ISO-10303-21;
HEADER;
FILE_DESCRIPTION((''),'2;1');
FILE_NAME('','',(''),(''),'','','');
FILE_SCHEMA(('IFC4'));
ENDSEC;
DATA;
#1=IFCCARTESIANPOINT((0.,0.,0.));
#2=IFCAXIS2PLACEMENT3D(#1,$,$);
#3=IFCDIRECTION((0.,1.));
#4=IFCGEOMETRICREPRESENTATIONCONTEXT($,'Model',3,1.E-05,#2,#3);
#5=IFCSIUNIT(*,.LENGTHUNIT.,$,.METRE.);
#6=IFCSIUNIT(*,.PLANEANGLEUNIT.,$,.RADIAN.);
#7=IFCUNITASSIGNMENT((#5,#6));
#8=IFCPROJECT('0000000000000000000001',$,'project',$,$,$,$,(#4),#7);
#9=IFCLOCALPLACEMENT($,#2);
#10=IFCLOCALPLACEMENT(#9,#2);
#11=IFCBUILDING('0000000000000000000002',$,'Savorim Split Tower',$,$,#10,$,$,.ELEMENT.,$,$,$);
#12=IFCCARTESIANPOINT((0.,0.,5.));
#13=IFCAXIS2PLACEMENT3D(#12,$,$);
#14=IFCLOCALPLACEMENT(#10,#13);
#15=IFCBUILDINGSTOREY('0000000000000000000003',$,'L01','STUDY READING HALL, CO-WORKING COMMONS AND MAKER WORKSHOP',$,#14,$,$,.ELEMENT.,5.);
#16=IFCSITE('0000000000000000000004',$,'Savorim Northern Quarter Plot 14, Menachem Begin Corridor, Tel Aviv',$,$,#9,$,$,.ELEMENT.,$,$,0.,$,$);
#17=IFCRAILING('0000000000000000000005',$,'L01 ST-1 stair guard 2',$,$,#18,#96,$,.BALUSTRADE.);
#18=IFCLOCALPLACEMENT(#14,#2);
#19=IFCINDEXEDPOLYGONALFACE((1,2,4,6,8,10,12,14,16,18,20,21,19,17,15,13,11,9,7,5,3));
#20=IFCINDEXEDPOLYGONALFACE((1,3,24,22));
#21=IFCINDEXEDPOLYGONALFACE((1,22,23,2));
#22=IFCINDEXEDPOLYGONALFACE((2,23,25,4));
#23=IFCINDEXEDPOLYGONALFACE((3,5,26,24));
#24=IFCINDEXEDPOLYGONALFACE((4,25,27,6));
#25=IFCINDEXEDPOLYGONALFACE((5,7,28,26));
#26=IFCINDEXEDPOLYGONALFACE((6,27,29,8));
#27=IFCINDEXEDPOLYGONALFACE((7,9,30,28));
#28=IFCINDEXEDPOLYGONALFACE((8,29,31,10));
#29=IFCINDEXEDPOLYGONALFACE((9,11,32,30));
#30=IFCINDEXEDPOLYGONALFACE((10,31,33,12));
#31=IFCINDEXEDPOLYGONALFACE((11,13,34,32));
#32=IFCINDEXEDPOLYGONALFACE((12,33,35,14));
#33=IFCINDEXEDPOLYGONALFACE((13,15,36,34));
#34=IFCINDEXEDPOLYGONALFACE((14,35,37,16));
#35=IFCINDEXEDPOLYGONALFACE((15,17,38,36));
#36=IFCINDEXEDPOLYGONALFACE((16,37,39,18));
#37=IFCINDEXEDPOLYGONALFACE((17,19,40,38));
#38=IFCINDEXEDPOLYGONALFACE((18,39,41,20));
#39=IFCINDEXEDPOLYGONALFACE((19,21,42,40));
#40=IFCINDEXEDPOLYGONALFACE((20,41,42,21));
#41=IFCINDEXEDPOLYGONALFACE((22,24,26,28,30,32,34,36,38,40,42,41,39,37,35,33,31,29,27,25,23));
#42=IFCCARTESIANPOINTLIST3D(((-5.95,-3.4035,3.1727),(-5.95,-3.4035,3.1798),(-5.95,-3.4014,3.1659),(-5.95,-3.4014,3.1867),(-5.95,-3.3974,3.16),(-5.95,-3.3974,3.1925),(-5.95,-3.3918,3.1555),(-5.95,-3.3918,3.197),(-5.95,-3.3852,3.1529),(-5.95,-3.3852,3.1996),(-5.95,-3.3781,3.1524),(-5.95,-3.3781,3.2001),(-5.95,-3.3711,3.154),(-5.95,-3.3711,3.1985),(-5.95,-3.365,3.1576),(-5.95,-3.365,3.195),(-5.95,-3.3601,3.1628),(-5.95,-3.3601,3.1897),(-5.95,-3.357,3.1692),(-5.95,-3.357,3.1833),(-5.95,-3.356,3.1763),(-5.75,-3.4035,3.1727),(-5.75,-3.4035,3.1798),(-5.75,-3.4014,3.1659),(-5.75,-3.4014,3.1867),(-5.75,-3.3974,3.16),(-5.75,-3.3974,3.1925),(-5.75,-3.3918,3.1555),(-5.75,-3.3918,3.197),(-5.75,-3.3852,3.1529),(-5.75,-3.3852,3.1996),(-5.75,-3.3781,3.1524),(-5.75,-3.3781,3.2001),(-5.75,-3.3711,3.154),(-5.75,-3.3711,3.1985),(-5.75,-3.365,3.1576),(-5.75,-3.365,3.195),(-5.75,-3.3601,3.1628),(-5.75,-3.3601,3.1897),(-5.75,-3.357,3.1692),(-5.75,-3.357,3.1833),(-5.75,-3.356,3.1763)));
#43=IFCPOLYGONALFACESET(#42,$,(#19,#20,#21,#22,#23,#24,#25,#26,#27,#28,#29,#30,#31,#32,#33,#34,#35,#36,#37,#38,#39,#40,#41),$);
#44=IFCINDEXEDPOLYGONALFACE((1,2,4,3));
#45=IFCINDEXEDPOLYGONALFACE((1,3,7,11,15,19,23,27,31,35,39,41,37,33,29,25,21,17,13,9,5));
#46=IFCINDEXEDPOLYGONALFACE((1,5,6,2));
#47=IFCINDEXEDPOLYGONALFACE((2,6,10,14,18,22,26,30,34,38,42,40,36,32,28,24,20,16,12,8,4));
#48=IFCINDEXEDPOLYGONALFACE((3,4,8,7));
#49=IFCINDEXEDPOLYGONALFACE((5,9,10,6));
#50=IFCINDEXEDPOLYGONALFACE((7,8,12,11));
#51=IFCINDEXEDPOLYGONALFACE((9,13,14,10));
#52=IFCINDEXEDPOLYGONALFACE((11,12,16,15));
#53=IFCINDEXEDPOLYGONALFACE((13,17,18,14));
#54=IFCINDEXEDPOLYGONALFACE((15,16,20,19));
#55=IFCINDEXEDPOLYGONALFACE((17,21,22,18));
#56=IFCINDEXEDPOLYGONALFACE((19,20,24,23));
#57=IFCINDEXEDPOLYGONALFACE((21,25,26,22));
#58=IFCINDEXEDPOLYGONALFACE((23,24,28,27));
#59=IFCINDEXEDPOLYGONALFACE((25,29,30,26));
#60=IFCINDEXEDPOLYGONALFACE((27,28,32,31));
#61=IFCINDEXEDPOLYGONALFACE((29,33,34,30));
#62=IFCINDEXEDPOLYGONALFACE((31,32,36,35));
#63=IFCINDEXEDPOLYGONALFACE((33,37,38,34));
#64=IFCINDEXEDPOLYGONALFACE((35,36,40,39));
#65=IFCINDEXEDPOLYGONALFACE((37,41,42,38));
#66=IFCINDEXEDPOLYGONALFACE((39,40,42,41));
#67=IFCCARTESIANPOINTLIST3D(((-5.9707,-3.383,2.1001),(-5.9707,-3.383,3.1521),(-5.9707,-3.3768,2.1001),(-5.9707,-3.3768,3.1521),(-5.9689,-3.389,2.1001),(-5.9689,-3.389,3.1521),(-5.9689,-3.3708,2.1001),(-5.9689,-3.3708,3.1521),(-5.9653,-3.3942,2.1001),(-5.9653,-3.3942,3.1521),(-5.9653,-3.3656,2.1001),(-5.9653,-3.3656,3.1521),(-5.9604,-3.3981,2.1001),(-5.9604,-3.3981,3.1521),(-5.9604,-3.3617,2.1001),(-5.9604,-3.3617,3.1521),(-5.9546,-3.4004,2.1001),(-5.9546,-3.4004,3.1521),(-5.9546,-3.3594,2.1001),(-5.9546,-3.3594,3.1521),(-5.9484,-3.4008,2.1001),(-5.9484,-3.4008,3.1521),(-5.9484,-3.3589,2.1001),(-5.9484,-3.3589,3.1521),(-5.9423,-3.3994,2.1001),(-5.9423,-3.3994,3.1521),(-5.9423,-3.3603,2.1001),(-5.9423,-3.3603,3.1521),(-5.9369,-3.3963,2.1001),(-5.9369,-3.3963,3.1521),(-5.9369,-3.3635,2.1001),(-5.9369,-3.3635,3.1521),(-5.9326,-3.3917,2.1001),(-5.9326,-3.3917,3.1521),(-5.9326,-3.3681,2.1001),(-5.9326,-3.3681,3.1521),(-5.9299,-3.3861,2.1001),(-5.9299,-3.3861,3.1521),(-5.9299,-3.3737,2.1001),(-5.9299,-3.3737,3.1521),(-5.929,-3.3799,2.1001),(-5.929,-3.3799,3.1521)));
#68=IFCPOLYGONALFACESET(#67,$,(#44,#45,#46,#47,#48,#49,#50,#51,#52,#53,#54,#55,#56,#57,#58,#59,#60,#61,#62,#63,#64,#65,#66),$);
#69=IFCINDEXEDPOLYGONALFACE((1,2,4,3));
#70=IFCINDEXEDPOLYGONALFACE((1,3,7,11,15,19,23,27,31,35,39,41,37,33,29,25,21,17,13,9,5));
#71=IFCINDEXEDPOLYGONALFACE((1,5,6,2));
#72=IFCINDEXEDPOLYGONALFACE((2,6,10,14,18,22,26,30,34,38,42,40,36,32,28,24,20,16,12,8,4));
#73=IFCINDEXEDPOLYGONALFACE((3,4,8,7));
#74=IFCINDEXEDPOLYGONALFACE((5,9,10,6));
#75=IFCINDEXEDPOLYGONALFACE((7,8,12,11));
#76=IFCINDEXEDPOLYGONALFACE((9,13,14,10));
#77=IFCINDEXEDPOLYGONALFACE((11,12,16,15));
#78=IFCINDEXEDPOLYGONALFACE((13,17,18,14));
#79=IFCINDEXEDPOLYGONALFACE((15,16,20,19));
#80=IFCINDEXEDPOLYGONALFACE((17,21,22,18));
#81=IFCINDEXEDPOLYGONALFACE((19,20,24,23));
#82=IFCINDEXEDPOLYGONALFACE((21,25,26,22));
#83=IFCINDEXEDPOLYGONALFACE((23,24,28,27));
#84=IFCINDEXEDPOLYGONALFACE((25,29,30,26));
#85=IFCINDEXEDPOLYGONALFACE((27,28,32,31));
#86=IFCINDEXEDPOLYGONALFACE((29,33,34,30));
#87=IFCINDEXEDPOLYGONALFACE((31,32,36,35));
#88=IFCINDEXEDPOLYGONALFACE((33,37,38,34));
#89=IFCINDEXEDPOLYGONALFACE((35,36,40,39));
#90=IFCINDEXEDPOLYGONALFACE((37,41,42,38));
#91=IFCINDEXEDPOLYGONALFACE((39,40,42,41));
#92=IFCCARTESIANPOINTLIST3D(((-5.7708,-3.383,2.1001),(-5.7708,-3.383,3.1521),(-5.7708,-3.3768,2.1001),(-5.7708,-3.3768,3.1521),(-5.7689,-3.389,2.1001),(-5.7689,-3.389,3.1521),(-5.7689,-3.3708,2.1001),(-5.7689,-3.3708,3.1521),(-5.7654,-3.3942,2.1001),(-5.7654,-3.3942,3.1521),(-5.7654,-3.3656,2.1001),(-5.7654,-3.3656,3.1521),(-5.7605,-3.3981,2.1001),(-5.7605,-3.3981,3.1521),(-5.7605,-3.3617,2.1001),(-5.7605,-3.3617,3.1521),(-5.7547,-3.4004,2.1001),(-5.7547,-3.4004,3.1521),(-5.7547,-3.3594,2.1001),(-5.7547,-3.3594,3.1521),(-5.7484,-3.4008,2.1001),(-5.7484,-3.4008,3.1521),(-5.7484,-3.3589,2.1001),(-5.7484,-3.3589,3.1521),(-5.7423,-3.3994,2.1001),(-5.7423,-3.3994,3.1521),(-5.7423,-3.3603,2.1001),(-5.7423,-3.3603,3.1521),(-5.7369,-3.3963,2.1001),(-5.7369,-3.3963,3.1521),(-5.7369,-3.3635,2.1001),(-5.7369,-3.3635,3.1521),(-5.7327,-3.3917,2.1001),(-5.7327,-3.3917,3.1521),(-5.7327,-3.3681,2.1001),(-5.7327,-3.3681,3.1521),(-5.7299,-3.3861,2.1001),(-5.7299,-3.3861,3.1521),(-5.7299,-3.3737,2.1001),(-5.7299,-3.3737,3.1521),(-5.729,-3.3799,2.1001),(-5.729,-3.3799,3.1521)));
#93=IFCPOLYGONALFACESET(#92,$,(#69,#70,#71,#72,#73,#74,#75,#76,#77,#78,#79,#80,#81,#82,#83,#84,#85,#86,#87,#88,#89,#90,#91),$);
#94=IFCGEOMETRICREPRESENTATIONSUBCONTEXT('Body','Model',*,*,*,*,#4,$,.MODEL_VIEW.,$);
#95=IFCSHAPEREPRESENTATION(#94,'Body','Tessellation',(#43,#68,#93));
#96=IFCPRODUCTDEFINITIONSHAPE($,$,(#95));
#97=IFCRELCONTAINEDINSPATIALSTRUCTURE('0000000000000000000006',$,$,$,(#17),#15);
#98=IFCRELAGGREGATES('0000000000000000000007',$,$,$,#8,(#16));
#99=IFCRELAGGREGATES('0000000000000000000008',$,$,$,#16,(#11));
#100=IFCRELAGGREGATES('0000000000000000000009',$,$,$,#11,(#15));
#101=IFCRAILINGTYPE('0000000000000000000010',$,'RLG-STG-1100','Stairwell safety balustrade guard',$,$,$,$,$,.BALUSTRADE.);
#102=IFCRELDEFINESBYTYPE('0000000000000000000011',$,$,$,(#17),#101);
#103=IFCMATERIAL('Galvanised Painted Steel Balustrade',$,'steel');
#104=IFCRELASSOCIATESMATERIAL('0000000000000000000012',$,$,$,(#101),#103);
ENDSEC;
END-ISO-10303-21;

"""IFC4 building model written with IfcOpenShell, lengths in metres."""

from ifc_helpers import new_model, si_unit, direction, frame, origin, origin_2d, place, context, subcontext, project, spatial, circle, extrude, material, type_object, element, save


model = new_model("IFC4")

# Units and contexts
model_context = context("Model", 3, precision=1e-05, world=origin(), true_north=direction((0.0, 1.0)))
body_context = subcontext(model_context, "Body", "Model", "MODEL_VIEW")
ifc_project = project(units=[si_unit("LENGTHUNIT", "METRE"), si_unit("PLANEANGLEUNIT", "RADIAN")], contexts=[model_context])

# Site, building, storey
site_placement = place(None, origin())
site = spatial("IfcSite", under=ifc_project, at=site_placement, Name="Savorim Northern Quarter Plot 14, Menachem Begin Corridor, Tel Aviv", CompositionType="ELEMENT", RefElevation=0.0)
building_placement = place(site_placement, origin())
building = spatial("IfcBuilding", under=site, at=building_placement, Name="Savorim Split Tower", CompositionType="ELEMENT")
storey_placement = place(building_placement, frame((0.0, 0.0, 5.0)))
storey = spatial("IfcBuildingStorey", under=building, at=storey_placement, Name="L01", Description="STUDY READING HALL, CO-WORKING COMMONS AND MAKER WORKSHOP", CompositionType="ELEMENT", Elevation=5.0)

# Railing
ifc_material_1 = material(Name="Galvanised Painted Steel Balustrade", Category="steel")
railing_type_1 = type_object("IfcRailingType", Name="RLG-STG-1100", Description="Stairwell safety balustrade guard", PredefinedType="BALUSTRADE", material=ifc_material_1)
railing_1_placement = place(storey_placement, frame((-5.95, -3.3799, 2.1001)))
element("IfcRailing", 1, at=railing_1_placement, inside=storey, type_object=railing_type_1, Name="L01 ST-1 stair guard 2", PredefinedType="BALUSTRADE", context=body_context, shape_type="SweptSolid", body=[
    extrude(circle(Radius=0.0239, at=origin_2d()), frame((0.0, 0.0, 1.0762), z_axis=(1.0, 0.0, 0.0), x_axis=(0.0, 1.0, 0.0)), (0.0, 0.0, 1.0), 0.2),
    extrude(circle(Radius=0.021, at=origin_2d()), origin(), (0.0, 0.0, 1.0), 1.052),
    extrude(circle(Radius=0.021, at=origin_2d()), frame((0.2, 0.0, 0.0)), (0.0, 0.0, 1.0), 1.052),
])

save(model, "model.ifc")
